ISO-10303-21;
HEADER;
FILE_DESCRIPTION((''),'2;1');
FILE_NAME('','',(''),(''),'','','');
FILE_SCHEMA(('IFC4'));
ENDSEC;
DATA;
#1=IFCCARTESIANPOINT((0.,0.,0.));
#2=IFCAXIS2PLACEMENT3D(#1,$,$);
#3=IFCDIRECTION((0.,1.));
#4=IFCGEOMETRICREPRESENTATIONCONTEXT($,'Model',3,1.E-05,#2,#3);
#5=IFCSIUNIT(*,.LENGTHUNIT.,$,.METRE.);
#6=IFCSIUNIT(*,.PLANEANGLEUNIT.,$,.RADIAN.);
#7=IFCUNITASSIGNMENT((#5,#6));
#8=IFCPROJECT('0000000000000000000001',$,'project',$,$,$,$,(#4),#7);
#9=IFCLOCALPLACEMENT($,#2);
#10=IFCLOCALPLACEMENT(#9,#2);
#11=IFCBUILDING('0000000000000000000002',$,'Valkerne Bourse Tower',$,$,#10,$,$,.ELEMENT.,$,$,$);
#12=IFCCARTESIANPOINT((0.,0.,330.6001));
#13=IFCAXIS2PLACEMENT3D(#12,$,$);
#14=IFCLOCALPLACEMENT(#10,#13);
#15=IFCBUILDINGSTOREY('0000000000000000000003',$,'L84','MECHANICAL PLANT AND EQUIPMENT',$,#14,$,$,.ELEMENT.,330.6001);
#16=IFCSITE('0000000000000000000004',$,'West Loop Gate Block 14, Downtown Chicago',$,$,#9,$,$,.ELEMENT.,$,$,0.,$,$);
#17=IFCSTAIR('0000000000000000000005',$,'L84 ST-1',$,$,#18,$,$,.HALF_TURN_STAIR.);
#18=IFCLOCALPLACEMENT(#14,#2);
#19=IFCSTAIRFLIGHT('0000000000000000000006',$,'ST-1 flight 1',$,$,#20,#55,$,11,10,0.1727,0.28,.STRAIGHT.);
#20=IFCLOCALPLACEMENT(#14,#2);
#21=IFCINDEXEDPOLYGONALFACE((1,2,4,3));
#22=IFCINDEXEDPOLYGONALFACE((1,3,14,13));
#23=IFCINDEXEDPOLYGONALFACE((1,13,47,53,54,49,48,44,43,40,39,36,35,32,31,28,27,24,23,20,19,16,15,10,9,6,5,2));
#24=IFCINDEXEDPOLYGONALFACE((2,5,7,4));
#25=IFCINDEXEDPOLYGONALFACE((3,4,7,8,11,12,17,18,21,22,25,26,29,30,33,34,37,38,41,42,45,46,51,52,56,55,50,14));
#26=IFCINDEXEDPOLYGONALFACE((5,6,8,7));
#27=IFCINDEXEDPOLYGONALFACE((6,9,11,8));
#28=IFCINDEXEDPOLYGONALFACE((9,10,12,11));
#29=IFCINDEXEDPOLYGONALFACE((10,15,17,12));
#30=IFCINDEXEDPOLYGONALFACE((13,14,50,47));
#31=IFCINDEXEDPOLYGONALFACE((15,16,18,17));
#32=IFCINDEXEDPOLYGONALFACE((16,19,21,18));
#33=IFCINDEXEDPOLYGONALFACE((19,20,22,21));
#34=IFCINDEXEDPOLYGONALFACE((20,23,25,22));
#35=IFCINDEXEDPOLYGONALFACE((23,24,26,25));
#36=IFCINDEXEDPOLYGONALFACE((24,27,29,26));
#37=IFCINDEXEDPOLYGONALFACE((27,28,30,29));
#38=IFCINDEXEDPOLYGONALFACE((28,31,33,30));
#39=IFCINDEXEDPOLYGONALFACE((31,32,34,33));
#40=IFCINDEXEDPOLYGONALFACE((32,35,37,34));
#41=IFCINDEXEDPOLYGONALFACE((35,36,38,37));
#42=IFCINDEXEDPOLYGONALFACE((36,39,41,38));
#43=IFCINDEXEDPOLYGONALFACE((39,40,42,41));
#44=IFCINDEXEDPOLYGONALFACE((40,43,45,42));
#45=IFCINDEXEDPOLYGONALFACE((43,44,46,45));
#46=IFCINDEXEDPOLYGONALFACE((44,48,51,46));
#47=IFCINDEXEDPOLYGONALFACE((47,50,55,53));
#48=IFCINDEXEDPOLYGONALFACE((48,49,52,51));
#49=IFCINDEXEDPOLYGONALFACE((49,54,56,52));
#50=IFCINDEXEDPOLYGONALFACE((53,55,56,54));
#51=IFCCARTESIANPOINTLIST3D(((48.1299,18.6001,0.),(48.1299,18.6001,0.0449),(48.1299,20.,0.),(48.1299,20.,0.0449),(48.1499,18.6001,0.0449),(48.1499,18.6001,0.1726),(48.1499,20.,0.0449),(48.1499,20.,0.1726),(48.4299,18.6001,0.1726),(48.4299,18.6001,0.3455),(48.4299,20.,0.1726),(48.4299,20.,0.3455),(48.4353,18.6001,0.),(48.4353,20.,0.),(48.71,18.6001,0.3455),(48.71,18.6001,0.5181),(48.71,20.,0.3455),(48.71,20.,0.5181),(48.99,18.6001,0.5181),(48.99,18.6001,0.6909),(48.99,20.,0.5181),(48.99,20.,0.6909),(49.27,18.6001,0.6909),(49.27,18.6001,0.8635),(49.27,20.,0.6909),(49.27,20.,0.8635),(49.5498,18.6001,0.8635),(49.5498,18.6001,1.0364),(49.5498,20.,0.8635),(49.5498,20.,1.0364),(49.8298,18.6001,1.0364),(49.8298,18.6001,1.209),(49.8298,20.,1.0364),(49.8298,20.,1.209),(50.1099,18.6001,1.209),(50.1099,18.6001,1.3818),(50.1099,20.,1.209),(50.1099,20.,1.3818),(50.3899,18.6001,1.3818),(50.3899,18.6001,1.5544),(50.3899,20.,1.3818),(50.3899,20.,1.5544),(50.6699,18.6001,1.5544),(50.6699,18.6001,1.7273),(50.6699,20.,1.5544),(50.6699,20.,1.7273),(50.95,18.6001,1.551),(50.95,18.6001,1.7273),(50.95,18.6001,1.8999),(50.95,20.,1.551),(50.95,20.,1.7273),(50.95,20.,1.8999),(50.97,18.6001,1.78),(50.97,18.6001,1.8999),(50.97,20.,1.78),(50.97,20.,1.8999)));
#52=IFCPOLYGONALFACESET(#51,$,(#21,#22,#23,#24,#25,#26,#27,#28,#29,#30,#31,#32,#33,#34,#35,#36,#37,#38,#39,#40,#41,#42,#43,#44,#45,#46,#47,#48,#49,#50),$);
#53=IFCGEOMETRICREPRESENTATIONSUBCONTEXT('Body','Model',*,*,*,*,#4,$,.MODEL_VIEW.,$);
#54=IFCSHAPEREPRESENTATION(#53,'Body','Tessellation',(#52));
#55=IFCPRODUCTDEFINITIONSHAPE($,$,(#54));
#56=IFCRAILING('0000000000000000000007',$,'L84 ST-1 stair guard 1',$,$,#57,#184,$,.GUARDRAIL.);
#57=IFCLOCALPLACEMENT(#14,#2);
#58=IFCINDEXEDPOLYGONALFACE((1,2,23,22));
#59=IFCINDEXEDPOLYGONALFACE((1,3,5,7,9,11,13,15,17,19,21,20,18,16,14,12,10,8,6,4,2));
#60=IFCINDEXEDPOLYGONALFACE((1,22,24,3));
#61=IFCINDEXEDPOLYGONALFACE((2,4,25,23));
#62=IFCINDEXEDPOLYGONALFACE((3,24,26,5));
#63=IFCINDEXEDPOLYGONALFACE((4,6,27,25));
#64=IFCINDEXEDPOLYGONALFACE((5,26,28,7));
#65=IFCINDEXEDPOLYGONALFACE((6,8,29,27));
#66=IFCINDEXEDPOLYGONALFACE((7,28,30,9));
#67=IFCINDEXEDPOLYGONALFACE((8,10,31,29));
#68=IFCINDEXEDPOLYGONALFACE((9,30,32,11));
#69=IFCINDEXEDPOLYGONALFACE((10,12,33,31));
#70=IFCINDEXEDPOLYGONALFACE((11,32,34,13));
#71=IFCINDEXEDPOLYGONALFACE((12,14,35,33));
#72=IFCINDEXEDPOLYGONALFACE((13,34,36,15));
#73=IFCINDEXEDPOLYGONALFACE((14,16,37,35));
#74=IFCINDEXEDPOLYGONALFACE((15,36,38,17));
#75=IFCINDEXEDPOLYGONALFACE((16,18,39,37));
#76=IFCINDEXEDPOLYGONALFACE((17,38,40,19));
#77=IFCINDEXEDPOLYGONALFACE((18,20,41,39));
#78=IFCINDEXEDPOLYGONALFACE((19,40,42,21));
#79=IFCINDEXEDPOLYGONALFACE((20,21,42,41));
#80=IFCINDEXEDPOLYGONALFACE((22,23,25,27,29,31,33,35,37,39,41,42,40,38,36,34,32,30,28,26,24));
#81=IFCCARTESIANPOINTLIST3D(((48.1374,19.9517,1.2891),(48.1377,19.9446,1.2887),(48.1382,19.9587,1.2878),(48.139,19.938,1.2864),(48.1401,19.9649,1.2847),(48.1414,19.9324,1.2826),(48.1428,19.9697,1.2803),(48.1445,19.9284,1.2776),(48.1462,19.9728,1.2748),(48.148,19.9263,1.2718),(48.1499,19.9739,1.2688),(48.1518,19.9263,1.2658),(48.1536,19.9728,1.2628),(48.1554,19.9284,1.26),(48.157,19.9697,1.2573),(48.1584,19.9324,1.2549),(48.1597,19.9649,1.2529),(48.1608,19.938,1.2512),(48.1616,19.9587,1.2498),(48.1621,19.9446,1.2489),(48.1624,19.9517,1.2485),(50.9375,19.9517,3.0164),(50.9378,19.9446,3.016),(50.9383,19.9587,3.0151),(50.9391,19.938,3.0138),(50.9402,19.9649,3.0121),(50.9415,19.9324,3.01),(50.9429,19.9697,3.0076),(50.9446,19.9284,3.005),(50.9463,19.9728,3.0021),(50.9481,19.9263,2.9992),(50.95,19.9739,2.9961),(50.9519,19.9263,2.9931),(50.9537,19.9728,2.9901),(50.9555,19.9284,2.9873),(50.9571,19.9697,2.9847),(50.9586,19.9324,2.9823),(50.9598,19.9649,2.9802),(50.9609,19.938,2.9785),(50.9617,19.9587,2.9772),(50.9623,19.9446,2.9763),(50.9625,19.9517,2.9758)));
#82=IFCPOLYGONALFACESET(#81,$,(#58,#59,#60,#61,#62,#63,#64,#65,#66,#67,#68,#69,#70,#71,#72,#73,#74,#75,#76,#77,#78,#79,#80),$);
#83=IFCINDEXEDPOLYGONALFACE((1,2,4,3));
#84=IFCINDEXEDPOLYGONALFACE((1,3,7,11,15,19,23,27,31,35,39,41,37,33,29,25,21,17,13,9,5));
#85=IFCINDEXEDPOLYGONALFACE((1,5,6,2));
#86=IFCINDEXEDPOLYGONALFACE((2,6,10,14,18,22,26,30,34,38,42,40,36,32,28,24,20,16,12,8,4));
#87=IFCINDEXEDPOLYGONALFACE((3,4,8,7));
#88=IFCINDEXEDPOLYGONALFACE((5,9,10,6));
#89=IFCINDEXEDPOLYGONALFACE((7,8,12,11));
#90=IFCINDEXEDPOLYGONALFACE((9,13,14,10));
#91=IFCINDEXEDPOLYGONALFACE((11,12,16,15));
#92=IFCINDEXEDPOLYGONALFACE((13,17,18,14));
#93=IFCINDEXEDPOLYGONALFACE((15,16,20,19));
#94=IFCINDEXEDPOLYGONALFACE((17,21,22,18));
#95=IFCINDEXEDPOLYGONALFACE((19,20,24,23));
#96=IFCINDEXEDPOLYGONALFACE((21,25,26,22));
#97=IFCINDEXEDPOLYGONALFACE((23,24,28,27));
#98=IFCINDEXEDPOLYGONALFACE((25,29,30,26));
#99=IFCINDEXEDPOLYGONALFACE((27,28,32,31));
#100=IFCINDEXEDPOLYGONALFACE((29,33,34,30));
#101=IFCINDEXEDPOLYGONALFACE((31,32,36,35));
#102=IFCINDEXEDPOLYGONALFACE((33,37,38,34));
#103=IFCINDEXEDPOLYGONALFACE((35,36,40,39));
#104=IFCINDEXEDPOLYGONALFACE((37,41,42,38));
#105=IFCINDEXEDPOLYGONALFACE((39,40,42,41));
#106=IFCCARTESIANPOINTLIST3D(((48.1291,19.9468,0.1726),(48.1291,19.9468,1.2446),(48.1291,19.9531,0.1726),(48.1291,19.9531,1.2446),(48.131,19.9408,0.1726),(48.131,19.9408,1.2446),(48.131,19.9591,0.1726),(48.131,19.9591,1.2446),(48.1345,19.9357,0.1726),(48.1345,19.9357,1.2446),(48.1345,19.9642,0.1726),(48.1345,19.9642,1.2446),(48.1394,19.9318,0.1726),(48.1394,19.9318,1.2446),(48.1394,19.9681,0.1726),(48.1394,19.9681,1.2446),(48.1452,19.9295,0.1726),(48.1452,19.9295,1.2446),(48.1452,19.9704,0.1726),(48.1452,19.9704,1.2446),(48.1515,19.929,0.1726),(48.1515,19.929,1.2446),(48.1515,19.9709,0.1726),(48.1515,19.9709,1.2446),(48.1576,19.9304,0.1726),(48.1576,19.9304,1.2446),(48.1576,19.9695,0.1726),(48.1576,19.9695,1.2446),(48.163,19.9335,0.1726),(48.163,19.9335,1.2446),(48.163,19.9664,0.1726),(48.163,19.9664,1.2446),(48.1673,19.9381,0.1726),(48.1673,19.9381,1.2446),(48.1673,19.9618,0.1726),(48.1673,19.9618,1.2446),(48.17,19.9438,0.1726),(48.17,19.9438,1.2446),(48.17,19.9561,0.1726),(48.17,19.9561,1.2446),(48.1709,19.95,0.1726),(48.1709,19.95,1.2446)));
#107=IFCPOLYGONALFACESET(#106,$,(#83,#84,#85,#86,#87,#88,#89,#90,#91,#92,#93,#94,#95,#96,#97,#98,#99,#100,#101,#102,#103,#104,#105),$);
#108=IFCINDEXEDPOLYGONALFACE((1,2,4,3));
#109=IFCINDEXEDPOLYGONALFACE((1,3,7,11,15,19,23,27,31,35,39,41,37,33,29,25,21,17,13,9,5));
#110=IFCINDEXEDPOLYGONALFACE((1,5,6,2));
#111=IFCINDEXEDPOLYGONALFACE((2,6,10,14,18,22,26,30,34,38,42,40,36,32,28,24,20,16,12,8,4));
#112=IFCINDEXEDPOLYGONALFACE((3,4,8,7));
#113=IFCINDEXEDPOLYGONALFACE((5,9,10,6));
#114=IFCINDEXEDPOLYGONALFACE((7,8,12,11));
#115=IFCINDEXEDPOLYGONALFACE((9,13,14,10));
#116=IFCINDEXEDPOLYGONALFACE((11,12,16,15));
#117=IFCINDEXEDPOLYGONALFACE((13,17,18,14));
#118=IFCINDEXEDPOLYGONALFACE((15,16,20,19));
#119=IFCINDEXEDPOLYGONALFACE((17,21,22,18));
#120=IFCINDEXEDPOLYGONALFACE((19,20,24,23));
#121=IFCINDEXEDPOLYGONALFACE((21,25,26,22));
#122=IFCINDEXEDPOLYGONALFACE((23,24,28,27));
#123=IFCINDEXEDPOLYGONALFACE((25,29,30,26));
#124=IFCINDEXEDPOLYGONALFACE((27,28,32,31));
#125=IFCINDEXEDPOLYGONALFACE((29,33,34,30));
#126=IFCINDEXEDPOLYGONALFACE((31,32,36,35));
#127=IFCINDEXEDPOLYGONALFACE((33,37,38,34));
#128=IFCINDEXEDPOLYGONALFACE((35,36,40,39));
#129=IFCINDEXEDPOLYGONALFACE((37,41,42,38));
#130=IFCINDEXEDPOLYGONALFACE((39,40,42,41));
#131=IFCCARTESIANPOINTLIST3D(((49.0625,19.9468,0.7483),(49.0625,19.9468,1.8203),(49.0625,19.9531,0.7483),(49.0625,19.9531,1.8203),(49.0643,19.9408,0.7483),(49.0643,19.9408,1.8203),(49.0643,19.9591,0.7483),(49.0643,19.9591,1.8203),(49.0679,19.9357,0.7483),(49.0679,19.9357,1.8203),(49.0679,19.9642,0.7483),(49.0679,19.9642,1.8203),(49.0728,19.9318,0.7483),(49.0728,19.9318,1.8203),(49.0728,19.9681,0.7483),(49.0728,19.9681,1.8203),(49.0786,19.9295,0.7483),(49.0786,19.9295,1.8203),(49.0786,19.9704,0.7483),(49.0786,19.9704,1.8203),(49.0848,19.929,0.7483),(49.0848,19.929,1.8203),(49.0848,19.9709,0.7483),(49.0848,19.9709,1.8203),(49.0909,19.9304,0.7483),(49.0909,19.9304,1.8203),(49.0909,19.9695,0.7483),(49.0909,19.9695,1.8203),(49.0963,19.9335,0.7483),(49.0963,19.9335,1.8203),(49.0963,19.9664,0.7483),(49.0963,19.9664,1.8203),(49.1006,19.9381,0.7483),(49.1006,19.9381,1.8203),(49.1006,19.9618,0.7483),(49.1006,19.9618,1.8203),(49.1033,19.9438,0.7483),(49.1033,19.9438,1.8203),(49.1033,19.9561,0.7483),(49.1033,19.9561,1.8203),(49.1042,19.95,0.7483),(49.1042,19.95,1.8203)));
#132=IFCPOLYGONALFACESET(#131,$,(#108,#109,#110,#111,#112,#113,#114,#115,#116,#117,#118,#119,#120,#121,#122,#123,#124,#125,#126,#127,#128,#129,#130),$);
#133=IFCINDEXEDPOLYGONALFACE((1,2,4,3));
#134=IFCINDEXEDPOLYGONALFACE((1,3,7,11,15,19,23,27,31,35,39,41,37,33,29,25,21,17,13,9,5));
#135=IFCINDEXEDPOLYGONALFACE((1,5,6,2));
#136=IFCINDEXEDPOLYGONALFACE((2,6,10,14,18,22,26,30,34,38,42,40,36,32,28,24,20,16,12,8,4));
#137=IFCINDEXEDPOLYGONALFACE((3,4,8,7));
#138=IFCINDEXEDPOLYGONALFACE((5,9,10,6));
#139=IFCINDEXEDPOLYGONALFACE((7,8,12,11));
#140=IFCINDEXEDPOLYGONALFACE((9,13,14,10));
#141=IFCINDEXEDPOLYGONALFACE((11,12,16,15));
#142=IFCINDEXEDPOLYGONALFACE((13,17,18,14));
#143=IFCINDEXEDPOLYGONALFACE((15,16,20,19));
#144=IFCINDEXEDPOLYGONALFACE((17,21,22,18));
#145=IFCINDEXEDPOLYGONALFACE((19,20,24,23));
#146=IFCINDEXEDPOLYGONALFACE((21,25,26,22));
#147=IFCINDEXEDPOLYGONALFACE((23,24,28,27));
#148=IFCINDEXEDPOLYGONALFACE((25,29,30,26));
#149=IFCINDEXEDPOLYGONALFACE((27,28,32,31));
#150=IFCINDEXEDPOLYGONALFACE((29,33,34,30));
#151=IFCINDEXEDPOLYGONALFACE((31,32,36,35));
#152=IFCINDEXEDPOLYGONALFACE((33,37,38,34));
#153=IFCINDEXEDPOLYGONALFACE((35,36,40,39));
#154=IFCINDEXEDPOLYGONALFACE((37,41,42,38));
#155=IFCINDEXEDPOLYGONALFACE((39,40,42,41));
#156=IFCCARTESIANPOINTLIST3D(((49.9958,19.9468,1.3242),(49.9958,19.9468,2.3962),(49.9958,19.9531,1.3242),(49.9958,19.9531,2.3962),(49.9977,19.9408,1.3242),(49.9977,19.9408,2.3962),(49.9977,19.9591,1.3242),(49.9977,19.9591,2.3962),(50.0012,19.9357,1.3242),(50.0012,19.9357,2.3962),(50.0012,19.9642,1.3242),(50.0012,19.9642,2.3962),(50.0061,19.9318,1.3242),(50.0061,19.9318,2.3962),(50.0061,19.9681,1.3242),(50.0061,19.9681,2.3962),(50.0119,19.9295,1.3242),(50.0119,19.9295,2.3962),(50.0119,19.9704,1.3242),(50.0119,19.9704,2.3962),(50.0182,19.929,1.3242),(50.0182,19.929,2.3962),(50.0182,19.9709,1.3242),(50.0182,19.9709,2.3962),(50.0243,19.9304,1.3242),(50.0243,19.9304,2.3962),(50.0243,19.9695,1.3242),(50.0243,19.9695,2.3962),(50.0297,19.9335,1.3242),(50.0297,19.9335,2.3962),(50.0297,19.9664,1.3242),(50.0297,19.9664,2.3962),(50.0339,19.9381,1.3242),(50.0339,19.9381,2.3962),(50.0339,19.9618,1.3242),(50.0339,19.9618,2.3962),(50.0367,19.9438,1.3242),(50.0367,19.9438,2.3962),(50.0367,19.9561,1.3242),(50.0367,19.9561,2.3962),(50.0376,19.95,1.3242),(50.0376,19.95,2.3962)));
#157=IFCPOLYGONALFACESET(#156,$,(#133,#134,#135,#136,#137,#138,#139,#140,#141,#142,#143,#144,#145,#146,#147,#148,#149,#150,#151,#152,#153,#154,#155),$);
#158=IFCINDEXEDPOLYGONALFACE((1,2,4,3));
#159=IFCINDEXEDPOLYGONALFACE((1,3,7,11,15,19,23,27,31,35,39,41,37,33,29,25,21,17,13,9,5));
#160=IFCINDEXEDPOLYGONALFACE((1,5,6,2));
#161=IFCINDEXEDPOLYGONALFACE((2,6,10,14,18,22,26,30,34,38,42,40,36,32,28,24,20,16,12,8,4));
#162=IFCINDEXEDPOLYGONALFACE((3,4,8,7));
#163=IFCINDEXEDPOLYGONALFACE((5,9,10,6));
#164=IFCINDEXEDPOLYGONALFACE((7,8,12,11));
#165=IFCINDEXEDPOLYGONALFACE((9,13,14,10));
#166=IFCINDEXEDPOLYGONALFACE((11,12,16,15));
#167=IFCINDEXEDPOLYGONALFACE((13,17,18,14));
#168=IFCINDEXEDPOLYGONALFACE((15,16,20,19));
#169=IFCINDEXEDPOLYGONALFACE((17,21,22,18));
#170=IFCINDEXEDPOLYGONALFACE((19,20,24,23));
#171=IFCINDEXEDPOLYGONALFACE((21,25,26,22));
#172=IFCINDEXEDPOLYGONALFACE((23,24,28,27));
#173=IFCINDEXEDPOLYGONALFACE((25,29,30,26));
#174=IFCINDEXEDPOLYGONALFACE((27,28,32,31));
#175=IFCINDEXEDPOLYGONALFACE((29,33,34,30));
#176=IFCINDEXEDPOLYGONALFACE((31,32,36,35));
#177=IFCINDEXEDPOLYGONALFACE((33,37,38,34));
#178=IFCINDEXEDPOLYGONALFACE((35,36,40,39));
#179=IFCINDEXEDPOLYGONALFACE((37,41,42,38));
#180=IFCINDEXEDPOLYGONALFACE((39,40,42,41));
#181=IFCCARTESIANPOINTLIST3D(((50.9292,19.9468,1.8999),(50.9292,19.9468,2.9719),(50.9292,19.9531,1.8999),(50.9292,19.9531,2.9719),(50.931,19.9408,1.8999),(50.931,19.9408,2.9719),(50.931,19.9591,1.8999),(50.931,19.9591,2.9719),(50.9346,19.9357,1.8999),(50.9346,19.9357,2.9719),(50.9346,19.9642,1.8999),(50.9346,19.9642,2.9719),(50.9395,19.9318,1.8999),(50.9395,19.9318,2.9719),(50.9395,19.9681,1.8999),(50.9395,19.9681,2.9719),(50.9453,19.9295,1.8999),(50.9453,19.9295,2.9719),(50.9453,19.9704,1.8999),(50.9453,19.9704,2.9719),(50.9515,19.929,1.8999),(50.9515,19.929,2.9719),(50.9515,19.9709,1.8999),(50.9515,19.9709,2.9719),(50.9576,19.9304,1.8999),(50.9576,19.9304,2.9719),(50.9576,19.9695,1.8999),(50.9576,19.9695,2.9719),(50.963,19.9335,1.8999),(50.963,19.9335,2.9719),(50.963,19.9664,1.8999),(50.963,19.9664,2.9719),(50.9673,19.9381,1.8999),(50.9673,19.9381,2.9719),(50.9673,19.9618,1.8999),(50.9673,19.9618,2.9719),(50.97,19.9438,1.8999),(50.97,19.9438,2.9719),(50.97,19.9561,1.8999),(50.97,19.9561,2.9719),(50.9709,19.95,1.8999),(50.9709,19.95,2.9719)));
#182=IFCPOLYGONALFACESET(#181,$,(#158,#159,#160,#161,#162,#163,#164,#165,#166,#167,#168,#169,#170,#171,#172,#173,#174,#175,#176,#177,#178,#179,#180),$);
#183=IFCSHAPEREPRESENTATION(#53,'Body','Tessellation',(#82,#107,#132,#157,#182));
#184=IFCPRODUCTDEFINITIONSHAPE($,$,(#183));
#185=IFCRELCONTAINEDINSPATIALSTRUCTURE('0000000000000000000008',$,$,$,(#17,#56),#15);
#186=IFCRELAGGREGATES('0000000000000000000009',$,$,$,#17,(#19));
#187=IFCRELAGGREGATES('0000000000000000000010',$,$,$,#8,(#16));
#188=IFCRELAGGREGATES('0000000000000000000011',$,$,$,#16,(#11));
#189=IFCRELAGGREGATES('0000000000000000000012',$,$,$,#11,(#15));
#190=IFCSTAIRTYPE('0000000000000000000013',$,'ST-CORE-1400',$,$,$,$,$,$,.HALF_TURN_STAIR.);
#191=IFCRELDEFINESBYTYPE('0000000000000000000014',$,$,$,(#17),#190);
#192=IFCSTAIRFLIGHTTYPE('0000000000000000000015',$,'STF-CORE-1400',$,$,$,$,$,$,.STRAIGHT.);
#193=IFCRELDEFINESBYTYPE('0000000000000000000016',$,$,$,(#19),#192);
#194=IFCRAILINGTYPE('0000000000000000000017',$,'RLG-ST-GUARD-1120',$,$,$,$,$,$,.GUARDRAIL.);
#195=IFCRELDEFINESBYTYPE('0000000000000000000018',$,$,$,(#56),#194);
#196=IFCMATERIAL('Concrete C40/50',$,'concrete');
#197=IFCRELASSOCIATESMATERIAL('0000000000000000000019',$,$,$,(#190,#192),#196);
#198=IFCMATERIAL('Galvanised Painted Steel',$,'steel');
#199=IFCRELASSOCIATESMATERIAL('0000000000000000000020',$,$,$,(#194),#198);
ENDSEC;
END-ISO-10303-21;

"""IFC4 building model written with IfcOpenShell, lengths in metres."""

from ifc_helpers import new_model, si_unit, direction, frame, origin, origin_2d, place, context, subcontext, project, spatial, polyline, circle, outline, extrude, material, type_object, element, aggregate, save


model = new_model("IFC4")

# Units and contexts
model_context = context("Model", 3, precision=1e-05, world=origin(), true_north=direction((0.0, 1.0)))
body_context = subcontext(model_context, "Body", "Model", "MODEL_VIEW")
ifc_project = project(units=[si_unit("LENGTHUNIT", "METRE"), si_unit("PLANEANGLEUNIT", "RADIAN")], contexts=[model_context])

# Site, building, storey
site_placement = place(None, origin())
site = spatial("IfcSite", under=ifc_project, at=site_placement, Name="West Loop Gate Block 14, Downtown Chicago", CompositionType="ELEMENT", RefElevation=0.0)
building_placement = place(site_placement, origin())
building = spatial("IfcBuilding", under=site, at=building_placement, Name="Valkerne Bourse Tower", CompositionType="ELEMENT")
storey_placement = place(building_placement, frame((0.0, 0.0, 330.6001)))
storey = spatial("IfcBuildingStorey", under=building, at=storey_placement, Name="L84", Description="MECHANICAL PLANT AND EQUIPMENT", CompositionType="ELEMENT", Elevation=330.6001)

# Shared definitions
ifc_material_1 = material(Name="Concrete C40/50", Category="concrete")
ifc_material_2 = material(Name="Galvanised Painted Steel", Category="steel")

# Stair, stair flight
stair_type = type_object("IfcStairType", Name="ST-CORE-1400", PredefinedType="HALF_TURN_STAIR", material=ifc_material_1)
stair_placement = place(storey_placement, origin())
stair = element("IfcStair", 1, at=stair_placement, inside=storey, type_object=stair_type, Name="L84 ST-1", PredefinedType="HALF_TURN_STAIR")
stair_flight_type = type_object("IfcStairFlightType", Name="STF-CORE-1400", PredefinedType="STRAIGHT", material=ifc_material_1)
stair_flight_placement = place(storey_placement, frame((48.1499, 19.3, 0.0), z_axis=(0.0, 0.0, 1.0), x_axis=(1.0, 0.0, 0.0)))
stair_flight = element("IfcStairFlight", 2, at=stair_flight_placement, type_object=stair_flight_type, Name="ST-1 flight 1", NumberOfRisers=11, NumberOfTreads=10, PredefinedType="STRAIGHT", RiserHeight=0.1727, TreadLength=0.28, context=body_context, shape_type="SweptSolid", body=[
    extrude(outline(polyline([(-0.02, 0.0), (-0.02, 0.0449), (0.0, 0.0449), (0.0, 0.1726), (0.28, 0.1726), (0.28, 0.3455), (0.5601, 0.3455), (0.5601, 0.5181), (0.8401, 0.5181), (0.8401, 0.6909), (1.1201, 0.6909), (1.1201, 0.8635), (1.3999, 0.8635), (1.3999, 1.0364), (1.6799, 1.0364), (1.6799, 1.209), (1.96, 1.209), (1.96, 1.3818), (2.24, 1.3818), (2.24, 1.5544), (2.52, 1.5544), (2.52, 1.7273), (2.8, 1.7273), (2.8, 1.8999), (2.8201, 1.8999), (2.8201, 1.78), (2.8, 1.551), (0.2854, 0.0), (-0.02, 0.0)])), frame((0.0, 0.7, 0.0), z_axis=(0.0, -1.0, 0.0), x_axis=(1.0, 0.0, 0.0)), (0.0, 0.0, 1.0), 1.3999),
])
aggregate(stair, [stair_flight])

# Railing
railing_type_1 = type_object("IfcRailingType", Name="RLG-ST-GUARD-1120", PredefinedType="GUARDRAIL", material=ifc_material_2)
railing_1_placement = place(storey_placement, frame((48.1499, 19.95, 0.1726)))
element("IfcRailing", 3, at=railing_1_placement, inside=storey, type_object=railing_type_1, Name="L84 ST-1 stair guard 1", PredefinedType="GUARDRAIL", context=body_context, shape_type="SweptSolid", body=[
    extrude(circle(Radius=0.0239, at=origin_2d()), frame((0.0, 0.0, 1.0962), z_axis=(0.85109, 0.0, 0.52502), x_axis=(0.0, 1.0, 0.0)), (0.0, 0.0, 1.0), 3.29),
    extrude(circle(Radius=0.021, at=origin_2d()), origin(), (0.0, 0.0, 1.0), 1.072),
    extrude(circle(Radius=0.021, at=origin_2d()), frame((0.9333, 0.0, 0.5757)), (0.0, 0.0, 1.0), 1.072),
    extrude(circle(Radius=0.021, at=origin_2d()), frame((1.8667, 0.0, 1.1516)), (0.0, 0.0, 1.0), 1.072),
    extrude(circle(Radius=0.021, at=origin_2d()), frame((2.8, 0.0, 1.7273)), (0.0, 0.0, 1.0), 1.072),
])

save(model, "model.ifc")
